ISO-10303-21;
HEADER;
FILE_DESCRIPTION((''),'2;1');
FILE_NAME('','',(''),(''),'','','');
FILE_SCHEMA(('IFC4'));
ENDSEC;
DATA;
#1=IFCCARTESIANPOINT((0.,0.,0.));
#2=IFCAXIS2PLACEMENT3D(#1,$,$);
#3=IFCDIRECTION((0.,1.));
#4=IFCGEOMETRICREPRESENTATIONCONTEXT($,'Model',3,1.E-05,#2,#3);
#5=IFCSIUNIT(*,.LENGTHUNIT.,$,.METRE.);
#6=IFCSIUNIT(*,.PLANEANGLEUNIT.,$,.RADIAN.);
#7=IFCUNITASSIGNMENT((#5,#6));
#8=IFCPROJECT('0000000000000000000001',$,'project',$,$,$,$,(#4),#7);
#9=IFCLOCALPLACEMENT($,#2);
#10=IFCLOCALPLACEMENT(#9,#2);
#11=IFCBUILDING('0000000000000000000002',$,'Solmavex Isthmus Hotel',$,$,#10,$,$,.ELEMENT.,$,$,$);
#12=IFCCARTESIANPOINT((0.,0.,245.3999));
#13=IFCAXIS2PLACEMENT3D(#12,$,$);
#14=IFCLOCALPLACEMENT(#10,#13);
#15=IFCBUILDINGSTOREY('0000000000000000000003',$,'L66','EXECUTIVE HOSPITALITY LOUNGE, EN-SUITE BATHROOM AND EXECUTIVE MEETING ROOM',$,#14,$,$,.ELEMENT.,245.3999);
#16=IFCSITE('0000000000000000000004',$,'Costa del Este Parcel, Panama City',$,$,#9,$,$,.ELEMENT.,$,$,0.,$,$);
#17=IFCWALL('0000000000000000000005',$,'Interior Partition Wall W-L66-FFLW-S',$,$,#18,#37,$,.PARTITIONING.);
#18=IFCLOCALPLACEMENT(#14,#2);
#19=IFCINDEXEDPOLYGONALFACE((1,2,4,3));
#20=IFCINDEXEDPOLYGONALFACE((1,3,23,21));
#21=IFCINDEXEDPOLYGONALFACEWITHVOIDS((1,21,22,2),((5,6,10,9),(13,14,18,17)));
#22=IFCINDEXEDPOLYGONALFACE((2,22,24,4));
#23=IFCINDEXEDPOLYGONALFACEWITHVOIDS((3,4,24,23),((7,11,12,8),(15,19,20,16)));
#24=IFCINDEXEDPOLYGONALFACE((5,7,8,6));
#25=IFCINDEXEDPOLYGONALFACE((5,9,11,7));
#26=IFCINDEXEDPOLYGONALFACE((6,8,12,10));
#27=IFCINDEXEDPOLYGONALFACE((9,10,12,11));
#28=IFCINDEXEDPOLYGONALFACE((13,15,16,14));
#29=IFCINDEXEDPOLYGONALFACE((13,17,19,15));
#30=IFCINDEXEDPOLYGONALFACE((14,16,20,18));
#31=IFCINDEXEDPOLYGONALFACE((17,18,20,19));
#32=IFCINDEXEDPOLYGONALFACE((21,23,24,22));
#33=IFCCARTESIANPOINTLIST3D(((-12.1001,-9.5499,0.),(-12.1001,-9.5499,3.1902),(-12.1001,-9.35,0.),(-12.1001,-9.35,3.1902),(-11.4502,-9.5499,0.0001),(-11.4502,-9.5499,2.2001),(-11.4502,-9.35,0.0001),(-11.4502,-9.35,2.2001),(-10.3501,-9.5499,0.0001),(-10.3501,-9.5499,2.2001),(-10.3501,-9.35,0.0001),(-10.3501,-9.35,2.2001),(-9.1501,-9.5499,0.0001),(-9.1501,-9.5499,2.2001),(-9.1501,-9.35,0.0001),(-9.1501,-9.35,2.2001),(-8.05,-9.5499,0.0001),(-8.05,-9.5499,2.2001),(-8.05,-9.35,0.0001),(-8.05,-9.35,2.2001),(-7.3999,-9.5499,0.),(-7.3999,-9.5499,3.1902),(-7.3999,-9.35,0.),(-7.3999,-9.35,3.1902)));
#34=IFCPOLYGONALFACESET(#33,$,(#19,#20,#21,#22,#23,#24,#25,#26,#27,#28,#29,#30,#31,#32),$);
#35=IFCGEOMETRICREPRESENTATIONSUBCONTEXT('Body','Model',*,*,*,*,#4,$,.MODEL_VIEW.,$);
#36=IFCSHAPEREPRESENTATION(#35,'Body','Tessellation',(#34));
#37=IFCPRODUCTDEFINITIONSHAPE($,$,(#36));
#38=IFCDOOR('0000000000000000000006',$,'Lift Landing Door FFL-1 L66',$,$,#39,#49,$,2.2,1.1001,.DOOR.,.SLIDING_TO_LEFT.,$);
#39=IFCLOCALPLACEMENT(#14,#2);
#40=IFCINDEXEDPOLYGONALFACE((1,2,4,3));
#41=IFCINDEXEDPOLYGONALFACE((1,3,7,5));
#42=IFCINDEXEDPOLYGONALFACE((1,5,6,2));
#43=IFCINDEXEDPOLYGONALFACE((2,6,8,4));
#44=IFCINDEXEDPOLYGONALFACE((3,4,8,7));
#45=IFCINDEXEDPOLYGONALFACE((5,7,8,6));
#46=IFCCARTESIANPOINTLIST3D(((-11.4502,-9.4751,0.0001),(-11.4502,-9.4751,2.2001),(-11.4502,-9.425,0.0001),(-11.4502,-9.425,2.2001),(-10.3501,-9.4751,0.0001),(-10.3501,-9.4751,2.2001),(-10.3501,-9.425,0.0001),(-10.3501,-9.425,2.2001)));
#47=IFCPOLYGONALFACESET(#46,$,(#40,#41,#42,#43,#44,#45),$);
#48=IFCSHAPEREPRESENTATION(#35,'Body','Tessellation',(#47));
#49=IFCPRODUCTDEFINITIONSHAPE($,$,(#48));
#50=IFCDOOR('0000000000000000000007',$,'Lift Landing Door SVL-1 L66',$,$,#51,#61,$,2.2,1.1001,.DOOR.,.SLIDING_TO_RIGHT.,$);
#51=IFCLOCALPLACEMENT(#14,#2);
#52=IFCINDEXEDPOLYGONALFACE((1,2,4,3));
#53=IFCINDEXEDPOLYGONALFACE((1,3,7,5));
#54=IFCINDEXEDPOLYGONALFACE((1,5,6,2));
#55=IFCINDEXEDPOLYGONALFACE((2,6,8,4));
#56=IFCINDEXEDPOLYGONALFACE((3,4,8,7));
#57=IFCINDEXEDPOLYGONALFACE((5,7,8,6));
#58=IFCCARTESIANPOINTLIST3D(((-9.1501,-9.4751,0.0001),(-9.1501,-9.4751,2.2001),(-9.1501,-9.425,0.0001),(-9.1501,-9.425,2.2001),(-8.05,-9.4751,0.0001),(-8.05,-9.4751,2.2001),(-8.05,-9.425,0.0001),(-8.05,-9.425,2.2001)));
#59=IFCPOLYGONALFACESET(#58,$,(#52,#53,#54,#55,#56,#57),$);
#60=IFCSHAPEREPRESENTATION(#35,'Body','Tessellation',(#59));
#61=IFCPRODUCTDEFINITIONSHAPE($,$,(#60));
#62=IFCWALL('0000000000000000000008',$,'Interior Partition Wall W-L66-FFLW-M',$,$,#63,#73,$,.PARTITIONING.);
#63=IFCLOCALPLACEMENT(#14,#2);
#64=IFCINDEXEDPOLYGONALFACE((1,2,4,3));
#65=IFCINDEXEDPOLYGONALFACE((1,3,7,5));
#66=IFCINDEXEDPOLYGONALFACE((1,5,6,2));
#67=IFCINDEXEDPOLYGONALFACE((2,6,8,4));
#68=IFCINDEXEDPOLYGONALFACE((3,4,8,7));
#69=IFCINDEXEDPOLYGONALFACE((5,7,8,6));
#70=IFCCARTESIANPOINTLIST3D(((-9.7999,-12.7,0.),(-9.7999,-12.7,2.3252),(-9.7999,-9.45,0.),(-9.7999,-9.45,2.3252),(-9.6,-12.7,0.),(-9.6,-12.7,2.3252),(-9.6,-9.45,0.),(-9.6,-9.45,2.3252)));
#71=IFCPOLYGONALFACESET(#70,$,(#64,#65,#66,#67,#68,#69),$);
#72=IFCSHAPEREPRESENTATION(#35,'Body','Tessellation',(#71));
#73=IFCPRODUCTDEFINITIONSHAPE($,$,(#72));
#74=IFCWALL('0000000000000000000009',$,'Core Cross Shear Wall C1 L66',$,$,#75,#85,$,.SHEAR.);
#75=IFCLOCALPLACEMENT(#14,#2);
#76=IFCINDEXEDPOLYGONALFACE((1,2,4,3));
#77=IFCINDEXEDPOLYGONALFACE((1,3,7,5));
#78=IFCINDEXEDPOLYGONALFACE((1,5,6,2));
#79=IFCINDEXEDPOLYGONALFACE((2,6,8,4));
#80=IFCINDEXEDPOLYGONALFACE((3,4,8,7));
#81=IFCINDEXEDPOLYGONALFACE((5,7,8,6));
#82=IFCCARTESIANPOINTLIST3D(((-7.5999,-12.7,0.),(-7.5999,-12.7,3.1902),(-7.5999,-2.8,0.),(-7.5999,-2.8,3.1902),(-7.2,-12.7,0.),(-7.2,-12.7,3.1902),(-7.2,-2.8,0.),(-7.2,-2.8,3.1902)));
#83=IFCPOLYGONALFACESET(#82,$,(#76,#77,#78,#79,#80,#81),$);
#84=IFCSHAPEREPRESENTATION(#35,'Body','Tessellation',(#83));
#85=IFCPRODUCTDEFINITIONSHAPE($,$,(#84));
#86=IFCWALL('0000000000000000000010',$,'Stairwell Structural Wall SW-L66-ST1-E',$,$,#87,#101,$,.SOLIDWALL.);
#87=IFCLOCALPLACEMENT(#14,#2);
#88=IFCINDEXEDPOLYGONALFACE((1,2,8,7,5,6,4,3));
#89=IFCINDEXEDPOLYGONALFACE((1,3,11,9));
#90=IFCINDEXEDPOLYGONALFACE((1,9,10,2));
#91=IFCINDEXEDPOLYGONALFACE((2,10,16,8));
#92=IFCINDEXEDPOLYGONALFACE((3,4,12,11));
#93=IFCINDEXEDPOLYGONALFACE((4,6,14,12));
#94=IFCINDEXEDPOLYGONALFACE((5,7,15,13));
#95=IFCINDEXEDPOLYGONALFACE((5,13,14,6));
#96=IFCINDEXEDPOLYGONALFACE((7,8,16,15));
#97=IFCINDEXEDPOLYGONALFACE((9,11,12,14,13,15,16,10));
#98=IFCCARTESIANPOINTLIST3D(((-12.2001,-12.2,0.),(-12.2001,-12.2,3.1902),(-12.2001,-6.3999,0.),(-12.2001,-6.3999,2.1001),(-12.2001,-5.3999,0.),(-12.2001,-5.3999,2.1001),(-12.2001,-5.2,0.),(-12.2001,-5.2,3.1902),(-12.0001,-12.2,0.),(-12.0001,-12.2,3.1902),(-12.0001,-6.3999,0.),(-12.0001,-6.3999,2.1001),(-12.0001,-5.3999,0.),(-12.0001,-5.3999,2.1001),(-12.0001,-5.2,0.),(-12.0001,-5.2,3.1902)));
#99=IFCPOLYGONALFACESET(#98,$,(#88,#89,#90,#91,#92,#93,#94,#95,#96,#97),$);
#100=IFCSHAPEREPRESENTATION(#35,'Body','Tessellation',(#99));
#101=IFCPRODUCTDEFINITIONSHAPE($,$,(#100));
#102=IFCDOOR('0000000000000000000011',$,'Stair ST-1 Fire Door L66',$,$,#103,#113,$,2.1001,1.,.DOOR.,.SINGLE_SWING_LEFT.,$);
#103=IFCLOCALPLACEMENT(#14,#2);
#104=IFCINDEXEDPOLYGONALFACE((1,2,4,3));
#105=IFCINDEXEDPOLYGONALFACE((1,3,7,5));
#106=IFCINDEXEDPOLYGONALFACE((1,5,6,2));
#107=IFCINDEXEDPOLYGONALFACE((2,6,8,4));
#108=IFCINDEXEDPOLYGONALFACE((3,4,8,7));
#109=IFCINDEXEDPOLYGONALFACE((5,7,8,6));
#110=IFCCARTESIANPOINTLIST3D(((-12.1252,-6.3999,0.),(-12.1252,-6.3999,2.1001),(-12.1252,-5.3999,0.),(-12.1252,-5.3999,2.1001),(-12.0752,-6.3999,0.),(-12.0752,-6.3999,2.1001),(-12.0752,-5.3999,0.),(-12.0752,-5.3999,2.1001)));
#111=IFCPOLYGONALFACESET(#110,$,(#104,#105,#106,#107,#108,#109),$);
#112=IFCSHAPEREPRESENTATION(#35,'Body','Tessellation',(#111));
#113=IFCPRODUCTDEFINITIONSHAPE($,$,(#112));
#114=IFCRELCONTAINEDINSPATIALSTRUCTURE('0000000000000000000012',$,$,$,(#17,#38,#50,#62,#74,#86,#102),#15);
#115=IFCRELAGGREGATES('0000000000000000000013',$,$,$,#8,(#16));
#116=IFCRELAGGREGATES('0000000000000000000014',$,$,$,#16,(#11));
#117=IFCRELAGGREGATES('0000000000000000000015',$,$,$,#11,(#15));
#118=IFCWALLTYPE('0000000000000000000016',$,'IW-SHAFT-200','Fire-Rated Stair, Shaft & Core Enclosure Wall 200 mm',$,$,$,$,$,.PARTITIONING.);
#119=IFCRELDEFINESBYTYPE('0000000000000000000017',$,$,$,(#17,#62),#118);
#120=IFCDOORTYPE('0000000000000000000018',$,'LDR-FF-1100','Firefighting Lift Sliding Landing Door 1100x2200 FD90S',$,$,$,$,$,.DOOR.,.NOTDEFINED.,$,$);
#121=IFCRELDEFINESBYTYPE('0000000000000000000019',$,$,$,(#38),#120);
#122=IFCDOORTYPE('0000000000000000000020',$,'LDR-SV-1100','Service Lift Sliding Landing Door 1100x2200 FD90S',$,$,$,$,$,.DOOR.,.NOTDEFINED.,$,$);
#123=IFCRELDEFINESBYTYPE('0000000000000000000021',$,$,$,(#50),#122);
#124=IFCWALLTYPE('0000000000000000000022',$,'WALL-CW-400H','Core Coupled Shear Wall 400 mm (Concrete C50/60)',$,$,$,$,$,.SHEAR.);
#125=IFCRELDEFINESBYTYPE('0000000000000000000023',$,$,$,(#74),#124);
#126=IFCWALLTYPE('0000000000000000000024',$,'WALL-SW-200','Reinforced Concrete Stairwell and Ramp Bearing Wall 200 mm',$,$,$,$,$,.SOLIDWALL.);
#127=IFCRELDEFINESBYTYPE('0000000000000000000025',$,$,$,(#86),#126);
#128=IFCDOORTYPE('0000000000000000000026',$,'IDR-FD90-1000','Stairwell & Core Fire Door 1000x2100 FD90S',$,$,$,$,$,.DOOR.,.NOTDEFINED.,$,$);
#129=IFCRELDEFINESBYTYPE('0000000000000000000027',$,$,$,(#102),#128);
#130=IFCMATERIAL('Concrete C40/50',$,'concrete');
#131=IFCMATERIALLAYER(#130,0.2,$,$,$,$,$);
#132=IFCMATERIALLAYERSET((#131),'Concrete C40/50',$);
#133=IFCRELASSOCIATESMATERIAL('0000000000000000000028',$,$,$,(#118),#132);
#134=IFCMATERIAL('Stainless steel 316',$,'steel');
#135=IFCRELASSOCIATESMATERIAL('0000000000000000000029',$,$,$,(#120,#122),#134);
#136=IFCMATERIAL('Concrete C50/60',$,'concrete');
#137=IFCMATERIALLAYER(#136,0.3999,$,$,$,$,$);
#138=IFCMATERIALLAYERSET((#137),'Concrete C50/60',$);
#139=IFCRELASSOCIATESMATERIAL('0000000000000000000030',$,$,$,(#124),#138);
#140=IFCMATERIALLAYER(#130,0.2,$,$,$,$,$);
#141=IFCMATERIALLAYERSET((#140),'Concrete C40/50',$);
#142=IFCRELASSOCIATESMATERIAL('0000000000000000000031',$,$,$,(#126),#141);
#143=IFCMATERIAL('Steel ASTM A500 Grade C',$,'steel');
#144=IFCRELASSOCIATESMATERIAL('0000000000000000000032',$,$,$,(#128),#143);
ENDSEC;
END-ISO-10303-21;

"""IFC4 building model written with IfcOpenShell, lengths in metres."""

from ifc_helpers import new_model, si_unit, direction, frame, frame_2d, origin, place, context, subcontext, project, spatial, rectangle, extrude, material, layer, layer_set, type_object, element, fill, save


model = new_model("IFC4")

# Units and contexts
model_context = context("Model", 3, precision=1e-05, world=origin(), true_north=direction((0.0, 1.0)))
body_context = subcontext(model_context, "Body", "Model", "MODEL_VIEW")
ifc_project = project(units=[si_unit("LENGTHUNIT", "METRE"), si_unit("PLANEANGLEUNIT", "RADIAN")], contexts=[model_context])

# Site, building, storey
site_placement = place(None, origin())
site = spatial("IfcSite", under=ifc_project, at=site_placement, Name="Costa del Este Parcel, Panama City", CompositionType="ELEMENT", RefElevation=0.0)
building_placement = place(site_placement, origin())
building = spatial("IfcBuilding", under=site, at=building_placement, Name="Solmavex Isthmus Hotel", CompositionType="ELEMENT")
storey_placement = place(building_placement, frame((0.0, 0.0, 245.3999)))
storey = spatial("IfcBuildingStorey", under=building, at=storey_placement, Name="L66", Description="EXECUTIVE HOSPITALITY LOUNGE, EN-SUITE BATHROOM AND EXECUTIVE MEETING ROOM", CompositionType="ELEMENT", Elevation=245.3999)

# Shared definitions
ifc_material_1 = material(Name="Concrete C50/60", Category="concrete")

# Shared definitions
ifc_material_2 = material(Name="Concrete C40/50", Category="concrete")
ifc_layer_1 = layer(ifc_material_2, 0.2)
ifc_layer_set_1 = layer_set([ifc_layer_1], Name="Concrete C40/50")
wall_type_1 = type_object("IfcWallType", Name="IW-SHAFT-200", Description="Fire-Rated Stair, Shaft & Core Enclosure Wall 200 mm", PredefinedType="PARTITIONING", material=ifc_layer_set_1)
ifc_material_3 = material(Name="Steel ASTM A500 Grade C", Category="steel")

# Wall, openings, doors
wall_1_placement = place(storey_placement, frame((-12.1001, -9.45, 0.0), z_axis=(0.0, 0.0, 1.0), x_axis=(1.0, 0.0, 0.0)))
wall_1 = element("IfcWall", 1, at=wall_1_placement, inside=storey, type_object=wall_type_1, Name="Interior Partition Wall W-L66-FFLW-S", PredefinedType="PARTITIONING", context=body_context, shape_type="SweptSolid", body=[
    extrude(rectangle(XDim=4.7002, YDim=0.2, at=frame_2d((2.3501, 0.0))), origin(), (0.0, 0.0, 1.0), 3.1902),
])
opening_1_placement = place(wall_1_placement, frame((0.6499, 0.0, 0.0)))
opening_1 = element("IfcOpeningElement", 2, at=opening_1_placement, cuts=wall_1, PredefinedType="OPENING", context=body_context, shape_type="SweptSolid", body=[
    extrude(rectangle(XDim=1.1001, YDim=2.2, at=frame_2d((0.55, 1.1001))), frame((0.0, 0.1099, 0.0), z_axis=(0.0, -1.0, 0.0), x_axis=(1.0, 0.0, 0.0)), (0.0, 0.0, 1.0), 0.22),
])
opening_2_placement = place(wall_1_placement, frame((2.95, 0.0, 0.0)))
opening_2 = element("IfcOpeningElement", 3, at=opening_2_placement, cuts=wall_1, PredefinedType="OPENING", context=body_context, shape_type="SweptSolid", body=[
    extrude(rectangle(XDim=1.1001, YDim=2.2, at=frame_2d((0.55, 1.1001))), frame((0.0, 0.1099, 0.0), z_axis=(0.0, -1.0, 0.0), x_axis=(1.0, 0.0, 0.0)), (0.0, 0.0, 1.0), 0.22),
])
ifc_material_4 = material(Name="Stainless steel 316", Category="steel")
door_type_1 = type_object("IfcDoorType", Name="LDR-FF-1100", Description="Firefighting Lift Sliding Landing Door 1100x2200 FD90S", OperationType="NOTDEFINED", PredefinedType="DOOR", material=ifc_material_4)
door_1_placement = place(opening_1_placement, origin())
door_1 = element("IfcDoor", 4, at=door_1_placement, inside=storey, type_object=door_type_1, Name="Lift Landing Door FFL-1 L66", OperationType="SLIDING_TO_LEFT", OverallHeight=2.2, OverallWidth=1.1001, PredefinedType="DOOR", context=body_context, shape_type="SweptSolid", body=[
    extrude(rectangle(XDim=1.1001, YDim=2.2, at=frame_2d((0.55, 1.1001))), frame((0.0, 0.0249, 0.0), z_axis=(0.0, -1.0, 0.0), x_axis=(1.0, 0.0, 0.0)), (0.0, 0.0, 1.0), 0.05),
])
fill(opening_1, door_1)
door_type_2 = type_object("IfcDoorType", Name="LDR-SV-1100", Description="Service Lift Sliding Landing Door 1100x2200 FD90S", OperationType="NOTDEFINED", PredefinedType="DOOR", material=ifc_material_4)
door_2_placement = place(opening_2_placement, origin())
door_2 = element("IfcDoor", 5, at=door_2_placement, inside=storey, type_object=door_type_2, Name="Lift Landing Door SVL-1 L66", OperationType="SLIDING_TO_RIGHT", OverallHeight=2.2, OverallWidth=1.1001, PredefinedType="DOOR", context=body_context, shape_type="SweptSolid", body=[
    extrude(rectangle(XDim=1.1001, YDim=2.2, at=frame_2d((0.55, 1.1001))), frame((0.0, 0.0249, 0.0), z_axis=(0.0, -1.0, 0.0), x_axis=(1.0, 0.0, 0.0)), (0.0, 0.0, 1.0), 0.05),
])
fill(opening_2, door_2)

# Walls
wall_2_placement = place(storey_placement, frame((-9.7, -12.7, 0.0), z_axis=(0.0, 0.0, 1.0), x_axis=(0.0, 1.0, 0.0)))
element("IfcWall", 6, at=wall_2_placement, inside=storey, type_object=wall_type_1, Name="Interior Partition Wall W-L66-FFLW-M", PredefinedType="PARTITIONING", context=body_context, shape_type="SweptSolid", body=[
    extrude(rectangle(XDim=3.25, YDim=0.2, at=frame_2d((1.625, 0.0))), origin(), (0.0, 0.0, 1.0), 2.3252),
])
ifc_layer_2 = layer(ifc_material_1, 0.3999)
ifc_layer_set_2 = layer_set([ifc_layer_2], Name="Concrete C50/60")
wall_type_2 = type_object("IfcWallType", Name="WALL-CW-400H", Description="Core Coupled Shear Wall 400 mm (Concrete C50/60)", PredefinedType="SHEAR", material=ifc_layer_set_2)
wall_3_placement = place(storey_placement, frame((-7.3999, -12.7, 0.0), z_axis=(0.0, 0.0, 1.0), x_axis=(0.0, 1.0, 0.0)))
element("IfcWall", 7, at=wall_3_placement, inside=storey, type_object=wall_type_2, Name="Core Cross Shear Wall C1 L66", PredefinedType="SHEAR", context=body_context, shape_type="SweptSolid", body=[
    extrude(rectangle(XDim=9.8999, YDim=0.3999, at=frame_2d((4.95, 0.0))), origin(), (0.0, 0.0, 1.0), 3.1902),
])

# Wall, opening, door
ifc_layer_3 = layer(ifc_material_2, 0.2)
ifc_layer_set_3 = layer_set([ifc_layer_3], Name="Concrete C40/50")
wall_type_3 = type_object("IfcWallType", Name="WALL-SW-200", Description="Reinforced Concrete Stairwell and Ramp Bearing Wall 200 mm", PredefinedType="SOLIDWALL", material=ifc_layer_set_3)
wall_4_placement = place(storey_placement, frame((-12.1001, -12.2, 0.0), z_axis=(0.0, 0.0, 1.0), x_axis=(0.0, 1.0, 0.0)))
wall_4 = element("IfcWall", 8, at=wall_4_placement, inside=storey, type_object=wall_type_3, Name="Stairwell Structural Wall SW-L66-ST1-E", PredefinedType="SOLIDWALL", context=body_context, shape_type="SweptSolid", body=[
    extrude(rectangle(XDim=7.0, YDim=0.2, at=frame_2d((3.5, 0.0))), origin(), (0.0, 0.0, 1.0), 3.1902),
])
opening_3_placement = place(wall_4_placement, frame((5.8, 0.0, 0.0)))
opening_3 = element("IfcOpeningElement", 9, at=opening_3_placement, cuts=wall_4, PredefinedType="OPENING", context=body_context, shape_type="SweptSolid", body=[
    extrude(rectangle(XDim=1.0, YDim=2.1001, at=frame_2d((0.5, 1.05))), frame((0.0, 0.1099, 0.0), z_axis=(0.0, -1.0, 0.0), x_axis=(1.0, 0.0, 0.0)), (0.0, 0.0, 1.0), 0.22),
])
door_type_3 = type_object("IfcDoorType", Name="IDR-FD90-1000", Description="Stairwell & Core Fire Door 1000x2100 FD90S", OperationType="NOTDEFINED", PredefinedType="DOOR", material=ifc_material_3)
door_3_placement = place(opening_3_placement, frame((1.0, 0.0, 0.0), z_axis=(0.0, 0.0, 1.0), x_axis=(-1.0, 0.0, 0.0)))
door_3 = element("IfcDoor", 10, at=door_3_placement, inside=storey, type_object=door_type_3, Name="Stair ST-1 Fire Door L66", OperationType="SINGLE_SWING_LEFT", OverallHeight=2.1001, OverallWidth=1.0, PredefinedType="DOOR", context=body_context, shape_type="SweptSolid", body=[
    extrude(rectangle(XDim=1.0, YDim=2.1001, at=frame_2d((0.5, 1.05))), frame((0.0, 0.0249, 0.0), z_axis=(0.0, -1.0, 0.0), x_axis=(1.0, 0.0, 0.0)), (0.0, 0.0, 1.0), 0.05),
])
fill(opening_3, door_3)

save(model, "model.ifc")
